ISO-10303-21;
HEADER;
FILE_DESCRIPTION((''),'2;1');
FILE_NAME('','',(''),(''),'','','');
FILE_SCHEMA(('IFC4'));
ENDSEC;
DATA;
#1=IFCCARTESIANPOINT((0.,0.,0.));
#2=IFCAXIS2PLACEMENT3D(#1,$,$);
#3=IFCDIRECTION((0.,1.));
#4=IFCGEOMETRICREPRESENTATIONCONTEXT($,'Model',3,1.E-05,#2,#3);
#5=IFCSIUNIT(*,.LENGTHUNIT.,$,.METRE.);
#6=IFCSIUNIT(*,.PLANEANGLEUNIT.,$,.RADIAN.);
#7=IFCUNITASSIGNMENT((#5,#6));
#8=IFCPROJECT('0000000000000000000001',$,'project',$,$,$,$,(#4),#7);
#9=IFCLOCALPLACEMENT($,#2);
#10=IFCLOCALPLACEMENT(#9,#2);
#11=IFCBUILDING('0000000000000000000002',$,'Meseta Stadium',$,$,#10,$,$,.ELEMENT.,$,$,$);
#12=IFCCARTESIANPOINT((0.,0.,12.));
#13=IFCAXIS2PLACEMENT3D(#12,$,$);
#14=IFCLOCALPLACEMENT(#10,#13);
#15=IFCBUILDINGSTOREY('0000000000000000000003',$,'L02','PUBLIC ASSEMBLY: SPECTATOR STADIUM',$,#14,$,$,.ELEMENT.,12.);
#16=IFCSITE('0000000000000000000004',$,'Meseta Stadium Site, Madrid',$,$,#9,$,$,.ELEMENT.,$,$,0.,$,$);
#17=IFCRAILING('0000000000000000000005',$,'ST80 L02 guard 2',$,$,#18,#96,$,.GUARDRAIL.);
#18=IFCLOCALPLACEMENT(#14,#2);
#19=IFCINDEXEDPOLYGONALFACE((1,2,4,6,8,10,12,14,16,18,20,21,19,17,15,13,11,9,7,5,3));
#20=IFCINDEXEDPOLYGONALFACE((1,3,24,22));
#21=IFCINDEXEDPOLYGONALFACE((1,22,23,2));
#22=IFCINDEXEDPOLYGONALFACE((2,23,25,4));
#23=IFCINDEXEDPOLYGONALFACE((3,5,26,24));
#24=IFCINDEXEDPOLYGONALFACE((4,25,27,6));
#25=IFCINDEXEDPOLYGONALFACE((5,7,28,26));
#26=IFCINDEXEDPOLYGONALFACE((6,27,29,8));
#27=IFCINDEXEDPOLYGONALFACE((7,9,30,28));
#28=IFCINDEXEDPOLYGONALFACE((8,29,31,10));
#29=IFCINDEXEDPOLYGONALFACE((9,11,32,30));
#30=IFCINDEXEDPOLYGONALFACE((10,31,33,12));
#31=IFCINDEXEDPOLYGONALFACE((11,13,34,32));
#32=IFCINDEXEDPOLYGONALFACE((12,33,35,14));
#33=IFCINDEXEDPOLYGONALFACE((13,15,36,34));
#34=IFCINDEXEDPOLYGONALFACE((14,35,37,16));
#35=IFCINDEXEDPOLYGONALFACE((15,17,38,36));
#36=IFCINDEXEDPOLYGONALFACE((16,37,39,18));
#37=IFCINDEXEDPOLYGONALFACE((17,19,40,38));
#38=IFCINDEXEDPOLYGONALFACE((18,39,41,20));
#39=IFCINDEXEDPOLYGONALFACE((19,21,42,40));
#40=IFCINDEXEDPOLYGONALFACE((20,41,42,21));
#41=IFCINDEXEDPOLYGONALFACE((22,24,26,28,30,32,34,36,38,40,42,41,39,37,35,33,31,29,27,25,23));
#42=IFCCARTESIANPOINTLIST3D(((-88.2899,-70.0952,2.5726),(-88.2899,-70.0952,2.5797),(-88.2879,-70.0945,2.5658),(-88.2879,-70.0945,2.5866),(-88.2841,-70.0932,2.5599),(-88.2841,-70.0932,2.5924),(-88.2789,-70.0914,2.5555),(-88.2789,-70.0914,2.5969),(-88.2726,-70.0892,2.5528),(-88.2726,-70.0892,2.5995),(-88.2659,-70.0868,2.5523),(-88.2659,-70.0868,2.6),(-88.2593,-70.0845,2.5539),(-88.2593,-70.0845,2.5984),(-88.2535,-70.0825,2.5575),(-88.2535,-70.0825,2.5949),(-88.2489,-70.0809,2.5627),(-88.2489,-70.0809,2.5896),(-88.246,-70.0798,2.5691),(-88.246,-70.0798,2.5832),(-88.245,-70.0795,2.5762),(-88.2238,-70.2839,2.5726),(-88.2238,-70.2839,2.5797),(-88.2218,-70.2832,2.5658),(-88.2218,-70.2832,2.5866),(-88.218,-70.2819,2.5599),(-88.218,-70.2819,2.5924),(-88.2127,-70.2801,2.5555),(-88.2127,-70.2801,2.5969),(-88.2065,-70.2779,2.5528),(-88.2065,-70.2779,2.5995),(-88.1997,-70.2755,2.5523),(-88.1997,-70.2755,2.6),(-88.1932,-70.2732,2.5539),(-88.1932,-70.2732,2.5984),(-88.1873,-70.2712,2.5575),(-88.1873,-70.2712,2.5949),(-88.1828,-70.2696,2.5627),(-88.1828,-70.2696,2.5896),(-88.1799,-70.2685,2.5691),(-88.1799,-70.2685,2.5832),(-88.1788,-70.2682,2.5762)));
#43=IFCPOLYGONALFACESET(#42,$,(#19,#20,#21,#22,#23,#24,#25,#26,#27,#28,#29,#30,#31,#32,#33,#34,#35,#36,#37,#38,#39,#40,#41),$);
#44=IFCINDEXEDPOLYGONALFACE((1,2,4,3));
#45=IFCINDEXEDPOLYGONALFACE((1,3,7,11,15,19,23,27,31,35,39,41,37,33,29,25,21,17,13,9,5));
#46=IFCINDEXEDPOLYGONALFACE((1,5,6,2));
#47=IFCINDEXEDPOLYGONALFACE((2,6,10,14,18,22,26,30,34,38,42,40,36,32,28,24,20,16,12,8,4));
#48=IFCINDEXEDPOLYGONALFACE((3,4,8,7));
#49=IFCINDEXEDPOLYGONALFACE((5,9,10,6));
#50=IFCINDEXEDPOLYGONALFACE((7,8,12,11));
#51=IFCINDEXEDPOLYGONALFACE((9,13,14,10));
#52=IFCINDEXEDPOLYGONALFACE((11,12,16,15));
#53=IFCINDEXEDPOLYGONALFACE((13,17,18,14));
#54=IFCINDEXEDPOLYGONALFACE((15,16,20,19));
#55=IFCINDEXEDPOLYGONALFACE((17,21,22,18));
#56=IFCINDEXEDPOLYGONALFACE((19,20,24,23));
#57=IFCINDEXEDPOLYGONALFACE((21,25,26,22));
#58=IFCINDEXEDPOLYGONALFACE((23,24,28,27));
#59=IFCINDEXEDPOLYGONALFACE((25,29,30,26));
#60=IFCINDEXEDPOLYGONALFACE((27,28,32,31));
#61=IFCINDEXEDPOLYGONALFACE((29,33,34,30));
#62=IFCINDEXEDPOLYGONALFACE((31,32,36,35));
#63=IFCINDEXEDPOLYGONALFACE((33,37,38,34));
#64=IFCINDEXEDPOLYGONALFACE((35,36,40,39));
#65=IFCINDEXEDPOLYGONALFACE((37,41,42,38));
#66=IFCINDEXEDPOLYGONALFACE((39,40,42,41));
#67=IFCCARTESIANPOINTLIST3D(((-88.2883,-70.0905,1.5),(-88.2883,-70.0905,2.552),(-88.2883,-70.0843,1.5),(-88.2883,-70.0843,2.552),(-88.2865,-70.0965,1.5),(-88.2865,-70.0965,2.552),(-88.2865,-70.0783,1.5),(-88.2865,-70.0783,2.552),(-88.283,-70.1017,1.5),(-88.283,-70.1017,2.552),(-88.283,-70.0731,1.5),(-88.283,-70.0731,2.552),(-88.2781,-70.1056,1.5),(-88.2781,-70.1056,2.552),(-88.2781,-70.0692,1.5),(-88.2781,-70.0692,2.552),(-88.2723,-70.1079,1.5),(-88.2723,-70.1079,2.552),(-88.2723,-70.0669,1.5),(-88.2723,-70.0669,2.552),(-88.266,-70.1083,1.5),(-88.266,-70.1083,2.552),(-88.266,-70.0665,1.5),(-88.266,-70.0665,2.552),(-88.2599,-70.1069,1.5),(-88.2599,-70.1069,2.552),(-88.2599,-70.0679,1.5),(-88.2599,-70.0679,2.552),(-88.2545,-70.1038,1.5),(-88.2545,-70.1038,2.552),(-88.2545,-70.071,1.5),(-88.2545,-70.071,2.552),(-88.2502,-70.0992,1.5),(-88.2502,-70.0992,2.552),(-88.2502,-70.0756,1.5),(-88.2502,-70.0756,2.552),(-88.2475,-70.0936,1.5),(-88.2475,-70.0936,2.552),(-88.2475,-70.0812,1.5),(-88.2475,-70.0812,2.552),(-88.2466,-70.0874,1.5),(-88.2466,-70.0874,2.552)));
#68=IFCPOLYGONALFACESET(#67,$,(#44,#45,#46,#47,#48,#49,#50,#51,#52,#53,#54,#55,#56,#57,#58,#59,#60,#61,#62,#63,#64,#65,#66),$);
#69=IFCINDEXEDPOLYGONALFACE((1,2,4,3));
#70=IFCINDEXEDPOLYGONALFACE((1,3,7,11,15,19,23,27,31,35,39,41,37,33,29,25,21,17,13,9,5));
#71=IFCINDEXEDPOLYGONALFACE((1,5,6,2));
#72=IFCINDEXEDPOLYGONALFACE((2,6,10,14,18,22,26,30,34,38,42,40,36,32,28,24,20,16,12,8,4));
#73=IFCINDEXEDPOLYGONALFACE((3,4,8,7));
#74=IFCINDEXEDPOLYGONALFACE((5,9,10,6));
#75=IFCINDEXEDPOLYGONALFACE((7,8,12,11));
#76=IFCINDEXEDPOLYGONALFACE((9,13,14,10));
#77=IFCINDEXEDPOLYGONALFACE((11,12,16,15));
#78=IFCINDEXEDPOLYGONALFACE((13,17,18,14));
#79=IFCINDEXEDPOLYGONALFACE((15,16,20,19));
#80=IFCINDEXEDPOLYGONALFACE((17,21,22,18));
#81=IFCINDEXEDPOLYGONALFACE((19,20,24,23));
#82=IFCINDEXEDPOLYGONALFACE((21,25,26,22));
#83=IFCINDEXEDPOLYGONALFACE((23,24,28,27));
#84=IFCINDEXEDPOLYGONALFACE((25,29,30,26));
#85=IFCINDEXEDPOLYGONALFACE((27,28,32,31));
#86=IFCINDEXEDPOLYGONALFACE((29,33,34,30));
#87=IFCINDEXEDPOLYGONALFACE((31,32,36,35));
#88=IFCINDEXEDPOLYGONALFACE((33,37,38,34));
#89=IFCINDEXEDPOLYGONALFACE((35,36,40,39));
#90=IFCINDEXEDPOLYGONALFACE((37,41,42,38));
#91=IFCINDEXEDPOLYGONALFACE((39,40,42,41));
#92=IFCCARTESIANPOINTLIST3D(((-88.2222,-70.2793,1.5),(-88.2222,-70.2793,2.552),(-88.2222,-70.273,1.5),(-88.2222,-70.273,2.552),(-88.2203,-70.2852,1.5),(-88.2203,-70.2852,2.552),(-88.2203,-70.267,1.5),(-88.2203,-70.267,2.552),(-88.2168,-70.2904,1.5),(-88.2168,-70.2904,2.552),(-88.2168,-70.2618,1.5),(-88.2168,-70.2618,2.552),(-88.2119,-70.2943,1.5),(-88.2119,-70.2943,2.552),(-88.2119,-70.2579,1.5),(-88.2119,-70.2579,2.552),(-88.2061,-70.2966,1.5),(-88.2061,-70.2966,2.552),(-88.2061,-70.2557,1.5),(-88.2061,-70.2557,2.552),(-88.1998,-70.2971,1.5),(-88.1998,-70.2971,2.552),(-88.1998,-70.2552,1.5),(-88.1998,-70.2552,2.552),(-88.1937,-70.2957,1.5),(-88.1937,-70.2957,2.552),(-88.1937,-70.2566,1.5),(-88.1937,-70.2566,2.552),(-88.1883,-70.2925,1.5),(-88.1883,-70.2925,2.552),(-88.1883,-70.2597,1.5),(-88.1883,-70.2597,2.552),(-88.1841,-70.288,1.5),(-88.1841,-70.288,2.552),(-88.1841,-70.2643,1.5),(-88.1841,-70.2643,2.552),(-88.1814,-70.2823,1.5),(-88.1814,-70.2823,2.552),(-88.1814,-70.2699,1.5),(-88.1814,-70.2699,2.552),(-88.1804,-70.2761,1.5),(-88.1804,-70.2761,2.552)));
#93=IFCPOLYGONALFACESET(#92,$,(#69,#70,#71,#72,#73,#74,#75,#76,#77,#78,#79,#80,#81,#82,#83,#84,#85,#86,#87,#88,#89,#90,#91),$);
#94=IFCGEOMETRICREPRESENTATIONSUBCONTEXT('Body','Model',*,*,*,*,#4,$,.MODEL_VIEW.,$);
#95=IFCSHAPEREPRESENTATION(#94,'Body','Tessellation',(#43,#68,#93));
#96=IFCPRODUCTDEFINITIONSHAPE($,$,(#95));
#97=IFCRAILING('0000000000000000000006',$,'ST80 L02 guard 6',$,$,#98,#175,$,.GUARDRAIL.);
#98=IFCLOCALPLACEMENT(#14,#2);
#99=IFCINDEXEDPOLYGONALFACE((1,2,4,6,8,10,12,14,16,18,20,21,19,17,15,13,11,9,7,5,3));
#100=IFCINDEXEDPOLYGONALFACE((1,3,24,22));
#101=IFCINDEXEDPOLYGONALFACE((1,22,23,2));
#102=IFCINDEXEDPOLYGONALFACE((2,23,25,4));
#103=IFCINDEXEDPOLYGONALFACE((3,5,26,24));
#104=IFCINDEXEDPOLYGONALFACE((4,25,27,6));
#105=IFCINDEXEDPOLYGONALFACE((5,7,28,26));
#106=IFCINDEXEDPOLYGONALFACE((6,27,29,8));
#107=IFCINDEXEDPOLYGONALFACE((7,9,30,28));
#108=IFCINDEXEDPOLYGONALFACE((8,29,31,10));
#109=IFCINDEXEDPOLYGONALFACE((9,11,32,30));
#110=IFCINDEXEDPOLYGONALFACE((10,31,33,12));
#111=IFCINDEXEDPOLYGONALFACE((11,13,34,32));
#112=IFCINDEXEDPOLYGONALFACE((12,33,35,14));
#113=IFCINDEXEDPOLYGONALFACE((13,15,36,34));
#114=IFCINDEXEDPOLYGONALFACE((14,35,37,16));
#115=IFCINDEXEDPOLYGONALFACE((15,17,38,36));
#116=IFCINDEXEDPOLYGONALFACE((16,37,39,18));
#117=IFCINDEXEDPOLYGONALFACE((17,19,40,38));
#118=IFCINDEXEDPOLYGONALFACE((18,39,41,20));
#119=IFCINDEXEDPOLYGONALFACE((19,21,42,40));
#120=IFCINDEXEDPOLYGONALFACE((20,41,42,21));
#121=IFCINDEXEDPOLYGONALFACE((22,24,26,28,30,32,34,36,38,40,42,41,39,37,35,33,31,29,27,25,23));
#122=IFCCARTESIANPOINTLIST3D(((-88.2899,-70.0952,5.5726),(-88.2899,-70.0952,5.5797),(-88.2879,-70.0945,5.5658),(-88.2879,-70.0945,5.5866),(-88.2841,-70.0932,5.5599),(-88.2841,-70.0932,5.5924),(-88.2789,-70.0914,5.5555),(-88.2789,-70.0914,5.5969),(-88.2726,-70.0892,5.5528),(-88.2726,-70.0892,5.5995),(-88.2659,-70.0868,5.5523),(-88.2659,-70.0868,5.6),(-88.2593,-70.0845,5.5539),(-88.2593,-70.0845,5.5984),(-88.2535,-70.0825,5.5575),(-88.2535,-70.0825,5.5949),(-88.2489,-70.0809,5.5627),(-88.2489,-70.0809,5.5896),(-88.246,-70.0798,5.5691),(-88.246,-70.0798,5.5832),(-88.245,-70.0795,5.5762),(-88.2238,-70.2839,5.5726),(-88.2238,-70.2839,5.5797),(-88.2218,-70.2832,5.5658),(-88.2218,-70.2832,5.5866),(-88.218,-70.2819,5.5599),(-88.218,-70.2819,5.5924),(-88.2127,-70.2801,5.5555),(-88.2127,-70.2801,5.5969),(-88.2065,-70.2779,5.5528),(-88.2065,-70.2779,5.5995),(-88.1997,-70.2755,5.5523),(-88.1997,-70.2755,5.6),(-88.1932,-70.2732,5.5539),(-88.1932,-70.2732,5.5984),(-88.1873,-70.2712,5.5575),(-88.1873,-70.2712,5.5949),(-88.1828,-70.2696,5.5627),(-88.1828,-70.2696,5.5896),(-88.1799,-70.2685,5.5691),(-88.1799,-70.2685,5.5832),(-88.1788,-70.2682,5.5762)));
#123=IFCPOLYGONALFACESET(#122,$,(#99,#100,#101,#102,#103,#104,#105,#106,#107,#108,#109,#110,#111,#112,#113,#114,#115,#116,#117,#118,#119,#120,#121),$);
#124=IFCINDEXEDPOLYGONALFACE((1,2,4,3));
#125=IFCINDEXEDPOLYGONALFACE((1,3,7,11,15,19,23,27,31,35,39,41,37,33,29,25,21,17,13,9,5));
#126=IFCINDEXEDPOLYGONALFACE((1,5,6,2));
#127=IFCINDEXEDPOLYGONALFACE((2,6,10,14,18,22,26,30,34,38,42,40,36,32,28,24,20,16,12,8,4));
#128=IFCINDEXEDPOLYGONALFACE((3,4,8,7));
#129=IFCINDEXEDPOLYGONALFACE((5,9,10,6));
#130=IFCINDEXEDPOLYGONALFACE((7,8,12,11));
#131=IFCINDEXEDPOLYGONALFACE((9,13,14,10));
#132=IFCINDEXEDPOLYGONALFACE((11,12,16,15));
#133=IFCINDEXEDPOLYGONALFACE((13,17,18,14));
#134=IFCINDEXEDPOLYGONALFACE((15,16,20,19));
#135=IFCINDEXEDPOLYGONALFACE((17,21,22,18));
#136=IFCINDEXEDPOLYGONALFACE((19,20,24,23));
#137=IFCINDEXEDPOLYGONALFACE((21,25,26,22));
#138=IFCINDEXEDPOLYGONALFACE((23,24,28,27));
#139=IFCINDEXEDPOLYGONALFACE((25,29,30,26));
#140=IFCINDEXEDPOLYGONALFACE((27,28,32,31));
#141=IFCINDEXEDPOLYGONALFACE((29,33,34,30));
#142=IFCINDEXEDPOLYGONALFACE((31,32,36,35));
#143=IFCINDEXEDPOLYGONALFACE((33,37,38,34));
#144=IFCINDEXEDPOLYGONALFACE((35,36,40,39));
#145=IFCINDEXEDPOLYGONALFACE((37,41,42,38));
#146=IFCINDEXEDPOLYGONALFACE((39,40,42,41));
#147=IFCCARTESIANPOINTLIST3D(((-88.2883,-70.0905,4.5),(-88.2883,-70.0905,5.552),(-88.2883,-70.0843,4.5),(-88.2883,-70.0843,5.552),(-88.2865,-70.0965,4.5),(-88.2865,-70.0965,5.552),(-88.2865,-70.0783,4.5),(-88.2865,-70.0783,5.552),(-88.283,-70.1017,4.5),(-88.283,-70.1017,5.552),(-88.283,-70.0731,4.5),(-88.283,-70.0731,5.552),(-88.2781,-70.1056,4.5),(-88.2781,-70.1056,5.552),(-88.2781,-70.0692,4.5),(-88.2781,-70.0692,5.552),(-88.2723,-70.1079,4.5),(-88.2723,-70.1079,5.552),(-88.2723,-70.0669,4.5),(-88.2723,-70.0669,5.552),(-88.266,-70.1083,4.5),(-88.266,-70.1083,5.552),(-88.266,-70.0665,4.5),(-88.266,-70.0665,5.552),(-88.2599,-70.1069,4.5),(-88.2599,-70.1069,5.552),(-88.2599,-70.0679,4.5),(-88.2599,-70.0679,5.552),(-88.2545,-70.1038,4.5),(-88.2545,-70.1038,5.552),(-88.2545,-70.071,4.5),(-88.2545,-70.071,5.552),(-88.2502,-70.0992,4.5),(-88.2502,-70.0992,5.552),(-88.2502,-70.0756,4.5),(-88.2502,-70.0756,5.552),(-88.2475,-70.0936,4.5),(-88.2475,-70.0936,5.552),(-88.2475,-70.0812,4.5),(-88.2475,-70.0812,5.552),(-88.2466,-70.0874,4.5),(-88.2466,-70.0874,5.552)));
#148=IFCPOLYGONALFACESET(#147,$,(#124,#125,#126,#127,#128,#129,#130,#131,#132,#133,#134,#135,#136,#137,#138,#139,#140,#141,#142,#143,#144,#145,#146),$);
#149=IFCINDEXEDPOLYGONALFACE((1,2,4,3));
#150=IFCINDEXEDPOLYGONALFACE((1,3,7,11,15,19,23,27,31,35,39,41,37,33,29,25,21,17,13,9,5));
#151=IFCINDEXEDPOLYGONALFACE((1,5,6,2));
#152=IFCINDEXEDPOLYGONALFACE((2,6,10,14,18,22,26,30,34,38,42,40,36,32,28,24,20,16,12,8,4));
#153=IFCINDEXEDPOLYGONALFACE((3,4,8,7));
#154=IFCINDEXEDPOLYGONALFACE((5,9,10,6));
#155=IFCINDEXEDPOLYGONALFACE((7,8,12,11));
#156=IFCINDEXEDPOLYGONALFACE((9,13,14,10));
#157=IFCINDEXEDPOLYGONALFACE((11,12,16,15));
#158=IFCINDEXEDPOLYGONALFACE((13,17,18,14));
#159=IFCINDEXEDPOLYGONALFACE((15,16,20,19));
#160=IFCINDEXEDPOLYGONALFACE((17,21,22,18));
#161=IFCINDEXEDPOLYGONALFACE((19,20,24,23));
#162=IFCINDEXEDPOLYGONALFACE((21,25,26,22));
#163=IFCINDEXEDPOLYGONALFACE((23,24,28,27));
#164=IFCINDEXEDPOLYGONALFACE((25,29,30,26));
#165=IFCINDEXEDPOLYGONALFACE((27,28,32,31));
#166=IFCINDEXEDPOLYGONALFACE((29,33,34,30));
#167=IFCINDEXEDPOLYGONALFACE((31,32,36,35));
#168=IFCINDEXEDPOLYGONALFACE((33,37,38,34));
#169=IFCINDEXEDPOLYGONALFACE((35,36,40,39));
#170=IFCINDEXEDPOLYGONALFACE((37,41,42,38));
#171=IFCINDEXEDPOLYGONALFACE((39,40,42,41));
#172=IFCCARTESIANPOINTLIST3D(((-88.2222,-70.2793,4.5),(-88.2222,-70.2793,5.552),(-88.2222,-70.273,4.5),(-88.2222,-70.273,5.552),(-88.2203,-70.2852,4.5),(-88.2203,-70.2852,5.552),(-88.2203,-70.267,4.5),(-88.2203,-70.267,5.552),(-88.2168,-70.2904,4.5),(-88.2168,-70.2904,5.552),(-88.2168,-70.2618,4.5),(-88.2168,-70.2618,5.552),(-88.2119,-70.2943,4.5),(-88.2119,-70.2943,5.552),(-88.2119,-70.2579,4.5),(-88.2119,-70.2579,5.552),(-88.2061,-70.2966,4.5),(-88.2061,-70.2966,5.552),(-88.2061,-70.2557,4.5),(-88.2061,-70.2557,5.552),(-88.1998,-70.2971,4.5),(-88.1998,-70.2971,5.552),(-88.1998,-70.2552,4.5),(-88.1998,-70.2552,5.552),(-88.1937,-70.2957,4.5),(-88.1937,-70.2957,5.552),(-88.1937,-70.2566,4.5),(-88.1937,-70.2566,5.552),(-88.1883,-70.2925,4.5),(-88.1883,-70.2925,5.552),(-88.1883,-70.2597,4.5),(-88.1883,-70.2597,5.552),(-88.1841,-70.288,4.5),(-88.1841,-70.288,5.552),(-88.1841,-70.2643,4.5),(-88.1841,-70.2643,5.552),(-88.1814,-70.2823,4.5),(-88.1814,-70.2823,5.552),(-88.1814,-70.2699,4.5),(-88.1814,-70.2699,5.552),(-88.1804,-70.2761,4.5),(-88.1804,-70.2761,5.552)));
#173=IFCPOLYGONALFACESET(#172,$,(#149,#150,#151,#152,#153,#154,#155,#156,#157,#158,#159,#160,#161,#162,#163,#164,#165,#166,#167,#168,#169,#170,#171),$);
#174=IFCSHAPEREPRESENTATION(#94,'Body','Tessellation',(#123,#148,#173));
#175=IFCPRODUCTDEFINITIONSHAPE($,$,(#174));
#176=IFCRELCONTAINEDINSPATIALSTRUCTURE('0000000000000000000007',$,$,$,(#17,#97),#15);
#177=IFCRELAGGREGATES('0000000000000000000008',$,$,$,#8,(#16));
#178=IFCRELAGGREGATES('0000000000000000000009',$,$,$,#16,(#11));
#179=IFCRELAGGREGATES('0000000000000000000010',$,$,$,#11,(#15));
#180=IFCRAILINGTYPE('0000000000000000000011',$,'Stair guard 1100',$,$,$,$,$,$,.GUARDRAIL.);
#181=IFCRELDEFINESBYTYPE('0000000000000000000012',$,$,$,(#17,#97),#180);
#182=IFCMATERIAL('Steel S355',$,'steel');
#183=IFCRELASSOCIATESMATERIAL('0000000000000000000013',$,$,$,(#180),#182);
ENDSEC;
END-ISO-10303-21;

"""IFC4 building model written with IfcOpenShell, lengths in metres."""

from ifc_helpers import new_model, si_unit, direction, frame, origin, origin_2d, place, context, subcontext, project, spatial, circle, extrude, material, type_object, element, save


model = new_model("IFC4")

# Units and contexts
model_context = context("Model", 3, precision=1e-05, world=origin(), true_north=direction((0.0, 1.0)))
body_context = subcontext(model_context, "Body", "Model", "MODEL_VIEW")
ifc_project = project(units=[si_unit("LENGTHUNIT", "METRE"), si_unit("PLANEANGLEUNIT", "RADIAN")], contexts=[model_context])

# Site, building, storey
site_placement = place(None, origin())
site = spatial("IfcSite", under=ifc_project, at=site_placement, Name="Meseta Stadium Site, Madrid", CompositionType="ELEMENT", RefElevation=0.0)
building_placement = place(site_placement, origin())
building = spatial("IfcBuilding", under=site, at=building_placement, Name="Meseta Stadium", CompositionType="ELEMENT")
storey_placement = place(building_placement, frame((0.0, 0.0, 12.0)))
storey = spatial("IfcBuildingStorey", under=building, at=storey_placement, Name="L02", Description="PUBLIC ASSEMBLY: SPECTATOR STADIUM", CompositionType="ELEMENT", Elevation=12.0)

# Railings
ifc_material_1 = material(Name="Steel S355", Category="steel")
railing_type_1 = type_object("IfcRailingType", Name="Stair guard 1100", PredefinedType="GUARDRAIL", material=ifc_material_1)
for number, where, name in (
    (1, (-88.2676, -70.0874, 1.5), "ST80 L02 guard 2"),
    (2, (-88.2676, -70.0874, 4.5), "ST80 L02 guard 6"),
):
    element("IfcRailing", number, at=place(storey_placement, frame(where)), inside=storey, type_object=railing_type_1, Name=name, PredefinedType="GUARDRAIL", context=body_context, shape_type="SweptSolid", body=[
        extrude(circle(Radius=0.0239, at=origin_2d()), frame((0.0, 0.0, 1.0762), z_axis=(0.33084, -0.943687, 0.0), x_axis=(0.943687, 0.33084, 0.0)), (0.0, 0.0, 1.0), 0.2),
        extrude(circle(Radius=0.021, at=origin_2d()), origin(), (0.0, 0.0, 1.0), 1.052),
        extrude(circle(Radius=0.021, at=origin_2d()), frame((0.0662, -0.1887, 0.0)), (0.0, 0.0, 1.0), 1.052),
    ])

save(model, "model.ifc")
